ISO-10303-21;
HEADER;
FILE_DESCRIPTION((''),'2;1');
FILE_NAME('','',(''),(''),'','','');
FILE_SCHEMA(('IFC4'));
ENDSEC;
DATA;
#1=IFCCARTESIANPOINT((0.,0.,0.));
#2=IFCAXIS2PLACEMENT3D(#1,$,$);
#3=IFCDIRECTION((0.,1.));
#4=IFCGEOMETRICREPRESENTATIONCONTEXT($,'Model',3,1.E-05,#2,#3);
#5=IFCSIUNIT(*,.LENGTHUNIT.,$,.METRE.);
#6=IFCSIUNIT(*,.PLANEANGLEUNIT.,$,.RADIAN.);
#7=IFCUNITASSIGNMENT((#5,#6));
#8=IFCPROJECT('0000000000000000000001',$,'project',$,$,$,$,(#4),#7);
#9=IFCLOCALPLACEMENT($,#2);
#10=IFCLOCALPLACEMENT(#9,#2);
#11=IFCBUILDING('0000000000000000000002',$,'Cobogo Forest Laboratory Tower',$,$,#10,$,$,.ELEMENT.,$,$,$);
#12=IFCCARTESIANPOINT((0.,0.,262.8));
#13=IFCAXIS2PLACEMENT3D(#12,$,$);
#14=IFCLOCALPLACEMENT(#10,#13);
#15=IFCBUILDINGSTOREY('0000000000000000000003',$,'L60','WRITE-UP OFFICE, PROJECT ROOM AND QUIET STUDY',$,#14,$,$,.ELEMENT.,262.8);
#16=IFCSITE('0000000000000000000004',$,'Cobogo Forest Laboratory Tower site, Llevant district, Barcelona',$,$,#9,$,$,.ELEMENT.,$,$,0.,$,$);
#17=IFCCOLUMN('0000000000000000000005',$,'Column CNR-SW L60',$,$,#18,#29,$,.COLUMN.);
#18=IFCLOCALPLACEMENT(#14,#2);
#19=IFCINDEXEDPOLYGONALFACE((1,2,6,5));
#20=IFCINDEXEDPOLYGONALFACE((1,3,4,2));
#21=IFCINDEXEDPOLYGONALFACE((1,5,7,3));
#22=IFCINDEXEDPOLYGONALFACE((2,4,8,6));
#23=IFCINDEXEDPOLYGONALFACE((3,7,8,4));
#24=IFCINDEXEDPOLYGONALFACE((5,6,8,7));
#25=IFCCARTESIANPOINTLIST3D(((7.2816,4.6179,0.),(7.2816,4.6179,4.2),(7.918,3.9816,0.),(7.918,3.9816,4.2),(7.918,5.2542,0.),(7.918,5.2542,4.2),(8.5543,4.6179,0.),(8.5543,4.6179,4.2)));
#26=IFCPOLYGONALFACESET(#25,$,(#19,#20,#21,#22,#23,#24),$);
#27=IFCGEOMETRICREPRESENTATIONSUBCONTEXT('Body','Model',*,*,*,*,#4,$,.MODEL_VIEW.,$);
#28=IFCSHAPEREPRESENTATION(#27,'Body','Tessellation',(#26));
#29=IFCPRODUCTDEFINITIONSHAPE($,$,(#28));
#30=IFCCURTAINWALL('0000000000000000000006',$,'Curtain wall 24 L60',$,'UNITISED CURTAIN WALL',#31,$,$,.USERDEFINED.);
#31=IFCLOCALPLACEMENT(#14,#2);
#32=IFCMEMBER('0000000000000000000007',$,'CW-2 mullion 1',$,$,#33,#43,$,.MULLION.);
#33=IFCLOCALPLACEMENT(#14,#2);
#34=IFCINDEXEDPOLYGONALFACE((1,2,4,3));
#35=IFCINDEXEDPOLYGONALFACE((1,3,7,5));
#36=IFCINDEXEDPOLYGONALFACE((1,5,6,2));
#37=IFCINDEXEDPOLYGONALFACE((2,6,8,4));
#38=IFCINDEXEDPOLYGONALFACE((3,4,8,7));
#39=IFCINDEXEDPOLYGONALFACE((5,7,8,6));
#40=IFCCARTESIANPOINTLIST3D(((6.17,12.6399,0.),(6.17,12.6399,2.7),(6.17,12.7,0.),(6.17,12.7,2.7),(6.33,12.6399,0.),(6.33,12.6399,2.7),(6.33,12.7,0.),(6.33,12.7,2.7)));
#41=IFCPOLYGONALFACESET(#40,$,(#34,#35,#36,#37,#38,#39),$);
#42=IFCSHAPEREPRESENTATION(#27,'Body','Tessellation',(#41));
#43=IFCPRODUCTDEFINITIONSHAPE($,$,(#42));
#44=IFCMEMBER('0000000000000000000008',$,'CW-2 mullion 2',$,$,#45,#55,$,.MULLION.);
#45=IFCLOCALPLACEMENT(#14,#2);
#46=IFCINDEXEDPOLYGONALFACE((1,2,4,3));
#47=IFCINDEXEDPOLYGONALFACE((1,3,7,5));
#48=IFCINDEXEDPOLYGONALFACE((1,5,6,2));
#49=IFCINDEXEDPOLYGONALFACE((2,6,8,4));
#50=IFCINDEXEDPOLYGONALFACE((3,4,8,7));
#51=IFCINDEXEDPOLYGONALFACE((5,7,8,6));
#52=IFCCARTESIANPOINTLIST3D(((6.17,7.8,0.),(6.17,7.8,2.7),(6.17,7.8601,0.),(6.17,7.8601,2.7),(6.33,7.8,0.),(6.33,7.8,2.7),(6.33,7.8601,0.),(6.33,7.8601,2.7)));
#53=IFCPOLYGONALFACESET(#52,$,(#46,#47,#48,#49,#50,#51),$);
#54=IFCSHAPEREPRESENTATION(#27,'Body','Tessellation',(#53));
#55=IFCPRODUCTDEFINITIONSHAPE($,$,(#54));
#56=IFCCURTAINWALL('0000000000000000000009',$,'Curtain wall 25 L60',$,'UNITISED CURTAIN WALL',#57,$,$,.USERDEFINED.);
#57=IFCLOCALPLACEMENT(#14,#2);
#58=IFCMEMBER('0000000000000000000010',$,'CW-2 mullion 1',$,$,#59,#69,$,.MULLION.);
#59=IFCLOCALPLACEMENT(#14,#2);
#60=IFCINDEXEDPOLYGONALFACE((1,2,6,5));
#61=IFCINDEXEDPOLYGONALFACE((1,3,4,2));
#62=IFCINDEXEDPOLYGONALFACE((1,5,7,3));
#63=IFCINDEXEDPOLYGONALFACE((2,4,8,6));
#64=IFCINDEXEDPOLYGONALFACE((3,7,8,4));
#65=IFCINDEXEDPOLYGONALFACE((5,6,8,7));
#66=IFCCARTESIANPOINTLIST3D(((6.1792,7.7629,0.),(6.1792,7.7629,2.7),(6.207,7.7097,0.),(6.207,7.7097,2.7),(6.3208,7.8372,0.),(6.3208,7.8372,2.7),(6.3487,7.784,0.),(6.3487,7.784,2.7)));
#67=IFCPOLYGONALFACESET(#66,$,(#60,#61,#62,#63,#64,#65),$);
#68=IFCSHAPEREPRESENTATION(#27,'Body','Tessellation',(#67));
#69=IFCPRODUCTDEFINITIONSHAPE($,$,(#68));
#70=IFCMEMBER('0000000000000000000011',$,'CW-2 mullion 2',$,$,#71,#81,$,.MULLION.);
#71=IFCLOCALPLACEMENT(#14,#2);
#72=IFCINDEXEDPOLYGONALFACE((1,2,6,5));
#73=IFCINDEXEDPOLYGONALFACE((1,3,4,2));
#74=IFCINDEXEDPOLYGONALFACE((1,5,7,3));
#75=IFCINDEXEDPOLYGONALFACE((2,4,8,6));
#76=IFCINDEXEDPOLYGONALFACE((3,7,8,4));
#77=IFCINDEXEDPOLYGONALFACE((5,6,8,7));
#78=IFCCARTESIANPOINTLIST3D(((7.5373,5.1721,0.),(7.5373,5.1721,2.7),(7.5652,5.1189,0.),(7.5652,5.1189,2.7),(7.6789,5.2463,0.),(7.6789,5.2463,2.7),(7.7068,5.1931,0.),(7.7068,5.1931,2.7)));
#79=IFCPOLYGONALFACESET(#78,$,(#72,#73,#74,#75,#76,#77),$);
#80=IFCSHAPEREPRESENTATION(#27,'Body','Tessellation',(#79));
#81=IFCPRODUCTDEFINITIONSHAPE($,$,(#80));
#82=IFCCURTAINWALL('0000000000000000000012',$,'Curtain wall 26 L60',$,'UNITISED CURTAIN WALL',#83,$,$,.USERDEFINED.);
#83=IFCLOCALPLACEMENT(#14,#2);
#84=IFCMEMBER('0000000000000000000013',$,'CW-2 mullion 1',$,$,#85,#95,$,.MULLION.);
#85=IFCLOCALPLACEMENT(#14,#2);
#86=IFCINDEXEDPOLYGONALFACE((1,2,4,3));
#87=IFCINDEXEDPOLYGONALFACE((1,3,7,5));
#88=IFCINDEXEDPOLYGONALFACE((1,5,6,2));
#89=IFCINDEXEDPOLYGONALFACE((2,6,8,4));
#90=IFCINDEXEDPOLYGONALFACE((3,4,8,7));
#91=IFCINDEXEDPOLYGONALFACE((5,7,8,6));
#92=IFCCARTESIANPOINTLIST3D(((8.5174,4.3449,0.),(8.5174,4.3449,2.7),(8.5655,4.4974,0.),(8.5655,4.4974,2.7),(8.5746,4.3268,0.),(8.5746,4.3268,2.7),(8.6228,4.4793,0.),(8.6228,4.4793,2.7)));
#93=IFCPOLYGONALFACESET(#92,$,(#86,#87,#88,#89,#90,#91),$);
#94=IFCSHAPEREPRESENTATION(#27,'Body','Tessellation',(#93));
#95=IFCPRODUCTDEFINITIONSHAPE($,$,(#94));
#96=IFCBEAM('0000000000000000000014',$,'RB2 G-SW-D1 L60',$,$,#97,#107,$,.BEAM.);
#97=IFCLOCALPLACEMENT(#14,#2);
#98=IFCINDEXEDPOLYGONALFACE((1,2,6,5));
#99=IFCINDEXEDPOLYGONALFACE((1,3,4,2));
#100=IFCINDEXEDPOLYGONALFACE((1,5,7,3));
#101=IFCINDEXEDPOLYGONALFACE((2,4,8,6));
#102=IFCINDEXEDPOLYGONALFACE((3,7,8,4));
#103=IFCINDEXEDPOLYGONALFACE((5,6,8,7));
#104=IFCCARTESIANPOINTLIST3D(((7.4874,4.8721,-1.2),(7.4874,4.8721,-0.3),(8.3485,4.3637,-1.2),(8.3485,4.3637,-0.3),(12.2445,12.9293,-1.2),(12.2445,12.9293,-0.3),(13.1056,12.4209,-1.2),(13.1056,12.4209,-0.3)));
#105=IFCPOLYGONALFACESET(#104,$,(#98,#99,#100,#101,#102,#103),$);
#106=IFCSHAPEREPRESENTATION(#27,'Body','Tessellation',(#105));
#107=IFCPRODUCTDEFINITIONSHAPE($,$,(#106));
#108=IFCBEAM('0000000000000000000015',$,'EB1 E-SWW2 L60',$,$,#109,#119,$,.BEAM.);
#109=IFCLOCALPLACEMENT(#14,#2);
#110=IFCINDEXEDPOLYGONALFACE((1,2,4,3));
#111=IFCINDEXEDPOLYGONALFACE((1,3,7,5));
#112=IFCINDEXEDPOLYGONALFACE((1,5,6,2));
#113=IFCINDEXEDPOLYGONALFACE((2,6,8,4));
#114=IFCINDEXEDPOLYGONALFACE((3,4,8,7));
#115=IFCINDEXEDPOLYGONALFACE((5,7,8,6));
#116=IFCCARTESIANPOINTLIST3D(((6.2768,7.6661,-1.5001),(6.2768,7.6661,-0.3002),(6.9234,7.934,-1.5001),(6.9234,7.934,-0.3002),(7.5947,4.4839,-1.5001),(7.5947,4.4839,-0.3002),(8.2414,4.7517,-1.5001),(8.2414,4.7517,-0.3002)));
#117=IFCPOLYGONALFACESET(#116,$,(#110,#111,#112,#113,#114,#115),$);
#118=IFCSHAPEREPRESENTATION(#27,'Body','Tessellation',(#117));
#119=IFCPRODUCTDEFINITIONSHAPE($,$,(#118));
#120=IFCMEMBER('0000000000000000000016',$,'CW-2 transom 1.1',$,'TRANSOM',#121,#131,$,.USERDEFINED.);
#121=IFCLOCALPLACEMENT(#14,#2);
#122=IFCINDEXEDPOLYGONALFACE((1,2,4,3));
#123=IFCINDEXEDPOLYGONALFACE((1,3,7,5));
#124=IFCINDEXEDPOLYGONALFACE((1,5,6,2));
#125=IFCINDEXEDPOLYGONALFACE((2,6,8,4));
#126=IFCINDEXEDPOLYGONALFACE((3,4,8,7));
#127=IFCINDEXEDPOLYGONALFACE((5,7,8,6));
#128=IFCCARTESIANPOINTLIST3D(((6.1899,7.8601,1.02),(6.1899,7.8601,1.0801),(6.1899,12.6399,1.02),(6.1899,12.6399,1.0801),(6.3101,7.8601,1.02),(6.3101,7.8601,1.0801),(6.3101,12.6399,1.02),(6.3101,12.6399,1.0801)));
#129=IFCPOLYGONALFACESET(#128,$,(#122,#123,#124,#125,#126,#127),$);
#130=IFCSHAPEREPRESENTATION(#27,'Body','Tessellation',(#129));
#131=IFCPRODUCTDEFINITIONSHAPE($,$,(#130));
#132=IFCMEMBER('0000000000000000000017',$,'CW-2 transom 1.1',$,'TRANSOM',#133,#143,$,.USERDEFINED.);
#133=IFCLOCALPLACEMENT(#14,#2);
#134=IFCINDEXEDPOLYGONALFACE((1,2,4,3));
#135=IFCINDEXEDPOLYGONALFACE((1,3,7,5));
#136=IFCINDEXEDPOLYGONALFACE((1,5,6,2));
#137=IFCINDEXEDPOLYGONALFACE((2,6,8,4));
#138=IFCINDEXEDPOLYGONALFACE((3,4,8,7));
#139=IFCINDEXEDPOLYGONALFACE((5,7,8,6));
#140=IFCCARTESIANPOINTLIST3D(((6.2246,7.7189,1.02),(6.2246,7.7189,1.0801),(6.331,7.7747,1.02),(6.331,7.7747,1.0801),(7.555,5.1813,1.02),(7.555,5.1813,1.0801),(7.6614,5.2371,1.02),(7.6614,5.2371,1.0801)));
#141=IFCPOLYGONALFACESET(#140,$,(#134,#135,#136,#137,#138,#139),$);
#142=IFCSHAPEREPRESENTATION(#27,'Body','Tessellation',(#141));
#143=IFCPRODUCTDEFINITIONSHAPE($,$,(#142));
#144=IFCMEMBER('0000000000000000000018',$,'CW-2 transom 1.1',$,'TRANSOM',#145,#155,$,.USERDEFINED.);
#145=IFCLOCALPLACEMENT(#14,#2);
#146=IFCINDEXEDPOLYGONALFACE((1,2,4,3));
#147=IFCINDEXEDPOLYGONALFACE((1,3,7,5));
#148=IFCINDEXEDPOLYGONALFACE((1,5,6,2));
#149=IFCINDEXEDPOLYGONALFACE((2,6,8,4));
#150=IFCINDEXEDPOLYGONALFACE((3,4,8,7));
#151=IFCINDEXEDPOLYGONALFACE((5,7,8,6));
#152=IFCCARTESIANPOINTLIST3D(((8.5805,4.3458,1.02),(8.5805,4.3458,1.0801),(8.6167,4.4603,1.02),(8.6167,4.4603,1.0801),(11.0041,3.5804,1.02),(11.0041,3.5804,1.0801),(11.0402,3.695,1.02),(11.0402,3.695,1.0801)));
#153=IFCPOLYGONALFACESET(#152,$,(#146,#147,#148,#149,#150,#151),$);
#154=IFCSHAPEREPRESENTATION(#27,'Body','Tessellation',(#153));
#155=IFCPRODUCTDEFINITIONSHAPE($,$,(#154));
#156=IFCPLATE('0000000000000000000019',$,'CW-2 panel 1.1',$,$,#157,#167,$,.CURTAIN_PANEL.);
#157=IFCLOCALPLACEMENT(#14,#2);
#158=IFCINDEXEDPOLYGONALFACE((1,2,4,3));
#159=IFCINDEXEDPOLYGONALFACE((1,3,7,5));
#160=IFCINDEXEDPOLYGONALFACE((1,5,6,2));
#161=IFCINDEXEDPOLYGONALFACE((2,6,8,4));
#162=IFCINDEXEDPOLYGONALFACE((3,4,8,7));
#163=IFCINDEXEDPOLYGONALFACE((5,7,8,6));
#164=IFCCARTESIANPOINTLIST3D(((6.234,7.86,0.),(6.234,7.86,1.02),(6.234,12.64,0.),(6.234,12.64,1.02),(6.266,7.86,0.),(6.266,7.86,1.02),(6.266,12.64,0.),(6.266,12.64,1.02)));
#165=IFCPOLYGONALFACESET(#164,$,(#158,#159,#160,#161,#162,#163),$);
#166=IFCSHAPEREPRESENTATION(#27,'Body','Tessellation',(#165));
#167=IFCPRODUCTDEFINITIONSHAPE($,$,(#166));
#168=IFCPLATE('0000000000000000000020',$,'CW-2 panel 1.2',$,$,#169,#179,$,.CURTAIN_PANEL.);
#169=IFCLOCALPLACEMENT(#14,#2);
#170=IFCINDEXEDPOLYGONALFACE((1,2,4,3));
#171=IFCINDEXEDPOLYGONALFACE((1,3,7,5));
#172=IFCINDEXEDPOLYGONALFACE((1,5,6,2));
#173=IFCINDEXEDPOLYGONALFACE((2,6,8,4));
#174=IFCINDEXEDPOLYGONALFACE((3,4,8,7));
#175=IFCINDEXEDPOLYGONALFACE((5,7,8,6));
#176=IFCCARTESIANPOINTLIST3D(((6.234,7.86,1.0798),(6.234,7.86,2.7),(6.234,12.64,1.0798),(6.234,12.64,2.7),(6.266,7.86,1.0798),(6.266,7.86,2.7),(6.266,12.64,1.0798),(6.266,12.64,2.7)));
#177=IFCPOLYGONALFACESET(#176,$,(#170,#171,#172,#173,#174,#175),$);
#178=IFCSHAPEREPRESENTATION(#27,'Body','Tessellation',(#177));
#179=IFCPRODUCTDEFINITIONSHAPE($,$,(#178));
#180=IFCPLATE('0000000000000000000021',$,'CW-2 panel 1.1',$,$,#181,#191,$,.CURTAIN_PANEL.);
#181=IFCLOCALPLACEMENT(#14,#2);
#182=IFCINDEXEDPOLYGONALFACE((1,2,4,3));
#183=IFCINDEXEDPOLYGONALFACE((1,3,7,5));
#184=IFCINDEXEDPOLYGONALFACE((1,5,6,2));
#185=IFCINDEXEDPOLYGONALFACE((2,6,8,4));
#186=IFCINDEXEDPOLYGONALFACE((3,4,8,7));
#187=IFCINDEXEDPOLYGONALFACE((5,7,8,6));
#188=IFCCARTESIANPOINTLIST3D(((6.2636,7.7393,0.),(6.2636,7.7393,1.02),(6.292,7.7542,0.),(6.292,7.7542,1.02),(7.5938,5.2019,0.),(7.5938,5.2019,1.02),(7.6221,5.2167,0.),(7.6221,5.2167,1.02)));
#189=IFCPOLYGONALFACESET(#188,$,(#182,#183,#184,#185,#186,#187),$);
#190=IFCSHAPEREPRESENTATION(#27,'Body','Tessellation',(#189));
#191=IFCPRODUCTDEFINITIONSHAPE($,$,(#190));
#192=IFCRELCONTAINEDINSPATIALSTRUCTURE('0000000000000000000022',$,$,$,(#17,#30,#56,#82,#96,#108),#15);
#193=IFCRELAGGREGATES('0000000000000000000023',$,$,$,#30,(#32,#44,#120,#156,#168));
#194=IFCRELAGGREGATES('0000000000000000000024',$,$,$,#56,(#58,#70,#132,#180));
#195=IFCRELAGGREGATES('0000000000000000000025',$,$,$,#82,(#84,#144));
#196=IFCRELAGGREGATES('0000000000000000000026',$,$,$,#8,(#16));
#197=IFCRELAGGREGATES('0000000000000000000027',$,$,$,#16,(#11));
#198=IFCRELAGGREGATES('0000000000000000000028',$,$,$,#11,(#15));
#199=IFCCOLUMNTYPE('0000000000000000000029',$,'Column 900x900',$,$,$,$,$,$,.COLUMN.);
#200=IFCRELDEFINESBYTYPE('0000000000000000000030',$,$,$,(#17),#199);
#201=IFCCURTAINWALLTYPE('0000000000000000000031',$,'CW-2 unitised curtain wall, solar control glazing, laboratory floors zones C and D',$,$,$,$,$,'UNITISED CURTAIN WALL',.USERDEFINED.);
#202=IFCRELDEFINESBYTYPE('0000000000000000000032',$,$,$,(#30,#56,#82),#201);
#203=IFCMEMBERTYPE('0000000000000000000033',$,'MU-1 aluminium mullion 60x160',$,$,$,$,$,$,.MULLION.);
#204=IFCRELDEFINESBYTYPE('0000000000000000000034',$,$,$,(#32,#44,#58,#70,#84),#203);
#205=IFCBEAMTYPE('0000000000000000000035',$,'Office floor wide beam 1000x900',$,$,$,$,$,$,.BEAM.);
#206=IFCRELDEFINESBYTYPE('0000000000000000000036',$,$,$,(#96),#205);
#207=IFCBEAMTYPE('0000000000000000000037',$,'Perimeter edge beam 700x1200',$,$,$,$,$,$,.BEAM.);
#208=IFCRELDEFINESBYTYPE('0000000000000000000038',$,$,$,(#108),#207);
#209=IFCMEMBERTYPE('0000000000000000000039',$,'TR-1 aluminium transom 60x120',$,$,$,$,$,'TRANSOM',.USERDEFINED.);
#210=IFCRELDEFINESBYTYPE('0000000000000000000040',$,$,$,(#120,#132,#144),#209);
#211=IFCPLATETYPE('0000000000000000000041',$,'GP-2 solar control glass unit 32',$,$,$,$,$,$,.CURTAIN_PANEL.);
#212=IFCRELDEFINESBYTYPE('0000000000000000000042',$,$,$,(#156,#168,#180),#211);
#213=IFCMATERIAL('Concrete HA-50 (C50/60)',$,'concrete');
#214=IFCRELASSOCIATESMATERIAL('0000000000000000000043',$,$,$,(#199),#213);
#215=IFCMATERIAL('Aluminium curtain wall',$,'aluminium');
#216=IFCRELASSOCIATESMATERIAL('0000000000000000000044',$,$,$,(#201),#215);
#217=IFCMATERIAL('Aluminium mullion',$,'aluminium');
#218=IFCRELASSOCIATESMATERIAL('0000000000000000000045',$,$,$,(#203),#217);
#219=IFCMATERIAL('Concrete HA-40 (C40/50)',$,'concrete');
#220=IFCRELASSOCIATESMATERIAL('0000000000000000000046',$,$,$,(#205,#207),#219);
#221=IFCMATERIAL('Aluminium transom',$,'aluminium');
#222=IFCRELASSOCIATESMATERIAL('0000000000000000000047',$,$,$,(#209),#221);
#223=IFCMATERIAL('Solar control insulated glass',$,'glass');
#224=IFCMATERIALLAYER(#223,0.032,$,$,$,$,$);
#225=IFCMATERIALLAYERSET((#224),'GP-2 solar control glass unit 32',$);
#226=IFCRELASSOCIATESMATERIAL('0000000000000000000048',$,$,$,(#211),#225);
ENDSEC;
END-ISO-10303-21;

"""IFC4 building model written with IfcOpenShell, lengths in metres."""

from ifc_helpers import new_model, si_unit, direction, frame, origin, origin_2d, place, context, subcontext, project, spatial, rectangle, extrude, material, layer, layer_set, material_profile, profile_set, type_object, element, aggregate, save


model = new_model("IFC4")

# Units and contexts
model_context = context("Model", 3, precision=1e-05, world=origin(), true_north=direction((0.0, 1.0)))
body_context = subcontext(model_context, "Body", "Model", "MODEL_VIEW")
ifc_project = project(units=[si_unit("LENGTHUNIT", "METRE"), si_unit("PLANEANGLEUNIT", "RADIAN")], contexts=[model_context])

# Site, building, storey
site_placement = place(None, origin())
site = spatial("IfcSite", under=ifc_project, at=site_placement, Name="Cobogo Forest Laboratory Tower site, Llevant district, Barcelona", CompositionType="ELEMENT", RefElevation=0.0)
building_placement = place(site_placement, origin())
building = spatial("IfcBuilding", under=site, at=building_placement, Name="Cobogo Forest Laboratory Tower", CompositionType="ELEMENT")
storey_placement = place(building_placement, frame((0.0, 0.0, 262.8)))
storey = spatial("IfcBuildingStorey", under=building, at=storey_placement, Name="L60", Description="WRITE-UP OFFICE, PROJECT ROOM AND QUIET STUDY", CompositionType="ELEMENT", Elevation=262.8)

# Column
ifc_material_1 = material(Name="Concrete HA-50 (C50/60)", Category="concrete")
ifc_material_profile_1 = material_profile(ifc_material_1, rectangle(XDim=0.8999, YDim=0.8999, at=origin_2d()), Name="RC 900x900")
ifc_profile_set_1 = profile_set([ifc_material_profile_1], Name="Concrete HA-50 (C50/60)")
column_type = type_object("IfcColumnType", Name="Column 900x900", PredefinedType="COLUMN", material=ifc_profile_set_1)
column_placement = place(storey_placement, frame((7.918, 4.6179, 0.0), z_axis=(0.0, 0.0, 1.0), x_axis=(0.707107, 0.707107, 0.0)))
element("IfcColumn", 1, at=column_placement, inside=storey, type_object=column_type, Name="Column CNR-SW L60", PredefinedType="COLUMN", context=body_context, shape_type="SweptSolid", body=[
    extrude(rectangle(XDim=0.8999, YDim=0.8999, at=origin_2d()), origin(), (0.0, 0.0, 1.0), 4.2),
])

# Curtain walls, members
ifc_material_2 = material(Name="Aluminium curtain wall", Category="aluminium")
curtain_wall_type = type_object("IfcCurtainWallType", Name="CW-2 unitised curtain wall, solar control glazing, laboratory floors zones C and D", ElementType="UNITISED CURTAIN WALL", PredefinedType="USERDEFINED", material=ifc_material_2)
curtain_wall_1_placement = place(storey_placement, origin())
curtain_wall_1 = element("IfcCurtainWall", 2, at=curtain_wall_1_placement, inside=storey, type_object=curtain_wall_type, Name="Curtain wall 24 L60", ObjectType="UNITISED CURTAIN WALL", PredefinedType="USERDEFINED")
ifc_material_3 = material(Name="Aluminium mullion", Category="aluminium")
ifc_material_profile_2 = material_profile(ifc_material_3, rectangle(XDim=0.0601, YDim=0.1599, at=origin_2d()), Name="AL 60x160")
ifc_profile_set_2 = profile_set([ifc_material_profile_2], Name="Aluminium mullion")
member_type_1 = type_object("IfcMemberType", Name="MU-1 aluminium mullion 60x160", PredefinedType="MULLION", material=ifc_profile_set_2)
member_1_placement = place(storey_placement, frame((6.25, 12.6699, 0.0), z_axis=(0.0, 0.0, 1.0), x_axis=(0.0, -1.0, 0.0)))
member_1 = element("IfcMember", 3, at=member_1_placement, type_object=member_type_1, Name="CW-2 mullion 1", PredefinedType="MULLION", context=body_context, shape_type="SweptSolid", body=[
    extrude(rectangle(XDim=0.0601, YDim=0.1599, at=origin_2d()), origin(), (0.0, 0.0, 1.0), 2.7),
])
member_2_placement = place(storey_placement, frame((6.25, 7.8301, 0.0), z_axis=(0.0, 0.0, 1.0), x_axis=(0.0, -1.0, 0.0)))
member_2 = element("IfcMember", 4, at=member_2_placement, type_object=member_type_1, Name="CW-2 mullion 2", PredefinedType="MULLION", context=body_context, shape_type="SweptSolid", body=[
    extrude(rectangle(XDim=0.0601, YDim=0.1599, at=origin_2d()), origin(), (0.0, 0.0, 1.0), 2.7),
])
curtain_wall_2_placement = place(storey_placement, origin())
curtain_wall_2 = element("IfcCurtainWall", 5, at=curtain_wall_2_placement, inside=storey, type_object=curtain_wall_type, Name="Curtain wall 25 L60", ObjectType="UNITISED CURTAIN WALL", PredefinedType="USERDEFINED")
member_3_placement = place(storey_placement, frame((6.2639, 7.7734, 0.0), z_axis=(0.0, 0.0, 1.0), x_axis=(0.464284, -0.885686, 0.0)))
member_3 = element("IfcMember", 6, at=member_3_placement, type_object=member_type_1, Name="CW-2 mullion 1", PredefinedType="MULLION", context=body_context, shape_type="SweptSolid", body=[
    extrude(rectangle(XDim=0.0601, YDim=0.1599, at=origin_2d()), origin(), (0.0, 0.0, 1.0), 2.7),
])
member_4_placement = place(storey_placement, frame((7.6221, 5.1826, 0.0), z_axis=(0.0, 0.0, 1.0), x_axis=(0.464284, -0.885686, 0.0)))
member_4 = element("IfcMember", 7, at=member_4_placement, type_object=member_type_1, Name="CW-2 mullion 2", PredefinedType="MULLION", context=body_context, shape_type="SweptSolid", body=[
    extrude(rectangle(XDim=0.0601, YDim=0.1599, at=origin_2d()), origin(), (0.0, 0.0, 1.0), 2.7),
])

# Curtain wall, member
curtain_wall_3_placement = place(storey_placement, origin())
curtain_wall_3 = element("IfcCurtainWall", 8, at=curtain_wall_3_placement, inside=storey, type_object=curtain_wall_type, Name="Curtain wall 26 L60", ObjectType="UNITISED CURTAIN WALL", PredefinedType="USERDEFINED")
member_5_placement = place(storey_placement, frame((8.5701, 4.4121, 0.0), z_axis=(0.0, 0.0, 1.0), x_axis=(0.953581, -0.301135, 0.0)))
member_5 = element("IfcMember", 9, at=member_5_placement, type_object=member_type_1, Name="CW-2 mullion 1", PredefinedType="MULLION", context=body_context, shape_type="SweptSolid", body=[
    extrude(rectangle(XDim=0.0601, YDim=0.1599, at=origin_2d()), origin(), (0.0, 0.0, 1.0), 2.7),
])

# Beams
ifc_material_4 = material(Name="Concrete HA-40 (C40/50)", Category="concrete")
ifc_material_profile_3 = material_profile(ifc_material_4, rectangle(XDim=1.0, YDim=0.8999, at=origin_2d()), Name="RC 1000x900")
ifc_profile_set_3 = profile_set([ifc_material_profile_3], Name="Concrete HA-40 (C40/50)")
beam_type_1 = type_object("IfcBeamType", Name="Office floor wide beam 1000x900", PredefinedType="BEAM", material=ifc_profile_set_3)
beam_1_placement = place(storey_placement, frame((7.918, 4.6179, -0.75), z_axis=(0.508416, 0.861111, 0.0), x_axis=(-0.861111, 0.508416, 0.0)))
element("IfcBeam", 10, at=beam_1_placement, inside=storey, type_object=beam_type_1, Name="RB2 G-SW-D1 L60", PredefinedType="BEAM", context=body_context, shape_type="SweptSolid", body=[
    extrude(rectangle(XDim=1.0, YDim=0.8999, at=origin_2d()), origin(), (0.0, 0.0, 1.0), 9.3567),
])
ifc_material_profile_4 = material_profile(ifc_material_4, rectangle(XDim=0.7, YDim=1.2, at=origin_2d()), Name="RC 700x1200")
ifc_profile_set_4 = profile_set([ifc_material_profile_4], Name="Concrete HA-40 (C40/50)")
beam_type_2 = type_object("IfcBeamType", Name="Perimeter edge beam 700x1200", PredefinedType="BEAM", material=ifc_profile_set_4)
beam_2_placement = place(storey_placement, frame((6.6001, 7.8, -0.9001), z_axis=(0.382631, -0.923901, 0.0), x_axis=(0.923901, 0.382631, 0.0)))
element("IfcBeam", 11, at=beam_2_placement, inside=storey, type_object=beam_type_2, Name="EB1 E-SWW2 L60", PredefinedType="BEAM", context=body_context, shape_type="SweptSolid", body=[
    extrude(rectangle(XDim=0.7, YDim=1.2, at=origin_2d()), origin(), (0.0, 0.0, 1.0), 3.4443),
])

# Members
ifc_material_5 = material(Name="Aluminium transom", Category="aluminium")
ifc_material_profile_5 = material_profile(ifc_material_5, rectangle(XDim=0.1201, YDim=0.0601, at=origin_2d()), Name="AL 60x120")
ifc_profile_set_5 = profile_set([ifc_material_profile_5], Name="Aluminium transom")
member_type_2 = type_object("IfcMemberType", Name="TR-1 aluminium transom 60x120", ElementType="TRANSOM", PredefinedType="USERDEFINED", material=ifc_profile_set_5)
member_6_placement = place(storey_placement, frame((6.25, 12.6399, 1.05), z_axis=(0.0, -1.0, 0.0), x_axis=(1.0, 0.0, 0.0)))
member_6 = element("IfcMember", 12, at=member_6_placement, type_object=member_type_2, Name="CW-2 transom 1.1", ObjectType="TRANSOM", PredefinedType="USERDEFINED", context=body_context, shape_type="SweptSolid", body=[
    extrude(rectangle(XDim=0.1201, YDim=0.0601, at=origin_2d()), origin(), (0.0, 0.0, 1.0), 4.7798),
])
member_7_placement = place(storey_placement, frame((6.2778, 7.7468, 1.05), z_axis=(0.464309, -0.885673, 0.0), x_axis=(0.885673, 0.464309, 0.0)))
member_7 = element("IfcMember", 13, at=member_7_placement, type_object=member_type_2, Name="CW-2 transom 1.1", ObjectType="TRANSOM", PredefinedType="USERDEFINED", context=body_context, shape_type="SweptSolid", body=[
    extrude(rectangle(XDim=0.1201, YDim=0.0601, at=origin_2d()), origin(), (0.0, 0.0, 1.0), 2.8652),
])
member_8_placement = place(storey_placement, frame((8.5986, 4.4031, 1.05), z_axis=(0.953578, -0.301145, 0.0), x_axis=(0.301145, 0.953578, 0.0)))
member_8 = element("IfcMember", 14, at=member_8_placement, type_object=member_type_2, Name="CW-2 transom 1.1", ObjectType="TRANSOM", PredefinedType="USERDEFINED", context=body_context, shape_type="SweptSolid", body=[
    extrude(rectangle(XDim=0.1201, YDim=0.0601, at=origin_2d()), origin(), (0.0, 0.0, 1.0), 2.5415),
])

# Plates
ifc_material_6 = material(Name="Solar control insulated glass", Category="glass")
ifc_layer_1 = layer(ifc_material_6, 0.032)
ifc_layer_set_1 = layer_set([ifc_layer_1], Name="GP-2 solar control glass unit 32")
plate_type = type_object("IfcPlateType", Name="GP-2 solar control glass unit 32", PredefinedType="CURTAIN_PANEL", material=ifc_layer_set_1)
plate_1_placement = place(storey_placement, frame((6.25, 10.25, 0.0), z_axis=(0.0, 0.0, 1.0), x_axis=(0.0, -1.0, 0.0)))
plate_1 = element("IfcPlate", 15, at=plate_1_placement, type_object=plate_type, Name="CW-2 panel 1.1", PredefinedType="CURTAIN_PANEL", context=body_context, shape_type="SweptSolid", body=[
    extrude(rectangle(XDim=4.78, YDim=0.032, at=origin_2d()), origin(), (0.0, 0.0, 1.0), 1.02),
])
plate_2_placement = place(storey_placement, frame((6.25, 10.25, 1.0798), z_axis=(0.0, 0.0, 1.0), x_axis=(0.0, -1.0, 0.0)))
plate_2 = element("IfcPlate", 16, at=plate_2_placement, type_object=plate_type, Name="CW-2 panel 1.2", PredefinedType="CURTAIN_PANEL", context=body_context, shape_type="SweptSolid", body=[
    extrude(rectangle(XDim=4.78, YDim=0.032, at=origin_2d()), origin(), (0.0, 0.0, 1.0), 1.6201),
])
aggregate(curtain_wall_1, [member_1, member_2, member_6, plate_1, plate_2])
plate_3_placement = place(storey_placement, frame((6.9429, 6.478, 0.0), z_axis=(0.0, 0.0, 1.0), x_axis=(0.464284, -0.885686, 0.0)))
plate_3 = element("IfcPlate", 17, at=plate_3_placement, type_object=plate_type, Name="CW-2 panel 1.1", PredefinedType="CURTAIN_PANEL", context=body_context, shape_type="SweptSolid", body=[
    extrude(rectangle(XDim=2.865, YDim=0.032, at=origin_2d()), origin(), (0.0, 0.0, 1.0), 1.02),
])
aggregate(curtain_wall_2, [member_3, member_4, member_7, plate_3])
aggregate(curtain_wall_3, [member_5, member_8])

save(model, "model.ifc")
